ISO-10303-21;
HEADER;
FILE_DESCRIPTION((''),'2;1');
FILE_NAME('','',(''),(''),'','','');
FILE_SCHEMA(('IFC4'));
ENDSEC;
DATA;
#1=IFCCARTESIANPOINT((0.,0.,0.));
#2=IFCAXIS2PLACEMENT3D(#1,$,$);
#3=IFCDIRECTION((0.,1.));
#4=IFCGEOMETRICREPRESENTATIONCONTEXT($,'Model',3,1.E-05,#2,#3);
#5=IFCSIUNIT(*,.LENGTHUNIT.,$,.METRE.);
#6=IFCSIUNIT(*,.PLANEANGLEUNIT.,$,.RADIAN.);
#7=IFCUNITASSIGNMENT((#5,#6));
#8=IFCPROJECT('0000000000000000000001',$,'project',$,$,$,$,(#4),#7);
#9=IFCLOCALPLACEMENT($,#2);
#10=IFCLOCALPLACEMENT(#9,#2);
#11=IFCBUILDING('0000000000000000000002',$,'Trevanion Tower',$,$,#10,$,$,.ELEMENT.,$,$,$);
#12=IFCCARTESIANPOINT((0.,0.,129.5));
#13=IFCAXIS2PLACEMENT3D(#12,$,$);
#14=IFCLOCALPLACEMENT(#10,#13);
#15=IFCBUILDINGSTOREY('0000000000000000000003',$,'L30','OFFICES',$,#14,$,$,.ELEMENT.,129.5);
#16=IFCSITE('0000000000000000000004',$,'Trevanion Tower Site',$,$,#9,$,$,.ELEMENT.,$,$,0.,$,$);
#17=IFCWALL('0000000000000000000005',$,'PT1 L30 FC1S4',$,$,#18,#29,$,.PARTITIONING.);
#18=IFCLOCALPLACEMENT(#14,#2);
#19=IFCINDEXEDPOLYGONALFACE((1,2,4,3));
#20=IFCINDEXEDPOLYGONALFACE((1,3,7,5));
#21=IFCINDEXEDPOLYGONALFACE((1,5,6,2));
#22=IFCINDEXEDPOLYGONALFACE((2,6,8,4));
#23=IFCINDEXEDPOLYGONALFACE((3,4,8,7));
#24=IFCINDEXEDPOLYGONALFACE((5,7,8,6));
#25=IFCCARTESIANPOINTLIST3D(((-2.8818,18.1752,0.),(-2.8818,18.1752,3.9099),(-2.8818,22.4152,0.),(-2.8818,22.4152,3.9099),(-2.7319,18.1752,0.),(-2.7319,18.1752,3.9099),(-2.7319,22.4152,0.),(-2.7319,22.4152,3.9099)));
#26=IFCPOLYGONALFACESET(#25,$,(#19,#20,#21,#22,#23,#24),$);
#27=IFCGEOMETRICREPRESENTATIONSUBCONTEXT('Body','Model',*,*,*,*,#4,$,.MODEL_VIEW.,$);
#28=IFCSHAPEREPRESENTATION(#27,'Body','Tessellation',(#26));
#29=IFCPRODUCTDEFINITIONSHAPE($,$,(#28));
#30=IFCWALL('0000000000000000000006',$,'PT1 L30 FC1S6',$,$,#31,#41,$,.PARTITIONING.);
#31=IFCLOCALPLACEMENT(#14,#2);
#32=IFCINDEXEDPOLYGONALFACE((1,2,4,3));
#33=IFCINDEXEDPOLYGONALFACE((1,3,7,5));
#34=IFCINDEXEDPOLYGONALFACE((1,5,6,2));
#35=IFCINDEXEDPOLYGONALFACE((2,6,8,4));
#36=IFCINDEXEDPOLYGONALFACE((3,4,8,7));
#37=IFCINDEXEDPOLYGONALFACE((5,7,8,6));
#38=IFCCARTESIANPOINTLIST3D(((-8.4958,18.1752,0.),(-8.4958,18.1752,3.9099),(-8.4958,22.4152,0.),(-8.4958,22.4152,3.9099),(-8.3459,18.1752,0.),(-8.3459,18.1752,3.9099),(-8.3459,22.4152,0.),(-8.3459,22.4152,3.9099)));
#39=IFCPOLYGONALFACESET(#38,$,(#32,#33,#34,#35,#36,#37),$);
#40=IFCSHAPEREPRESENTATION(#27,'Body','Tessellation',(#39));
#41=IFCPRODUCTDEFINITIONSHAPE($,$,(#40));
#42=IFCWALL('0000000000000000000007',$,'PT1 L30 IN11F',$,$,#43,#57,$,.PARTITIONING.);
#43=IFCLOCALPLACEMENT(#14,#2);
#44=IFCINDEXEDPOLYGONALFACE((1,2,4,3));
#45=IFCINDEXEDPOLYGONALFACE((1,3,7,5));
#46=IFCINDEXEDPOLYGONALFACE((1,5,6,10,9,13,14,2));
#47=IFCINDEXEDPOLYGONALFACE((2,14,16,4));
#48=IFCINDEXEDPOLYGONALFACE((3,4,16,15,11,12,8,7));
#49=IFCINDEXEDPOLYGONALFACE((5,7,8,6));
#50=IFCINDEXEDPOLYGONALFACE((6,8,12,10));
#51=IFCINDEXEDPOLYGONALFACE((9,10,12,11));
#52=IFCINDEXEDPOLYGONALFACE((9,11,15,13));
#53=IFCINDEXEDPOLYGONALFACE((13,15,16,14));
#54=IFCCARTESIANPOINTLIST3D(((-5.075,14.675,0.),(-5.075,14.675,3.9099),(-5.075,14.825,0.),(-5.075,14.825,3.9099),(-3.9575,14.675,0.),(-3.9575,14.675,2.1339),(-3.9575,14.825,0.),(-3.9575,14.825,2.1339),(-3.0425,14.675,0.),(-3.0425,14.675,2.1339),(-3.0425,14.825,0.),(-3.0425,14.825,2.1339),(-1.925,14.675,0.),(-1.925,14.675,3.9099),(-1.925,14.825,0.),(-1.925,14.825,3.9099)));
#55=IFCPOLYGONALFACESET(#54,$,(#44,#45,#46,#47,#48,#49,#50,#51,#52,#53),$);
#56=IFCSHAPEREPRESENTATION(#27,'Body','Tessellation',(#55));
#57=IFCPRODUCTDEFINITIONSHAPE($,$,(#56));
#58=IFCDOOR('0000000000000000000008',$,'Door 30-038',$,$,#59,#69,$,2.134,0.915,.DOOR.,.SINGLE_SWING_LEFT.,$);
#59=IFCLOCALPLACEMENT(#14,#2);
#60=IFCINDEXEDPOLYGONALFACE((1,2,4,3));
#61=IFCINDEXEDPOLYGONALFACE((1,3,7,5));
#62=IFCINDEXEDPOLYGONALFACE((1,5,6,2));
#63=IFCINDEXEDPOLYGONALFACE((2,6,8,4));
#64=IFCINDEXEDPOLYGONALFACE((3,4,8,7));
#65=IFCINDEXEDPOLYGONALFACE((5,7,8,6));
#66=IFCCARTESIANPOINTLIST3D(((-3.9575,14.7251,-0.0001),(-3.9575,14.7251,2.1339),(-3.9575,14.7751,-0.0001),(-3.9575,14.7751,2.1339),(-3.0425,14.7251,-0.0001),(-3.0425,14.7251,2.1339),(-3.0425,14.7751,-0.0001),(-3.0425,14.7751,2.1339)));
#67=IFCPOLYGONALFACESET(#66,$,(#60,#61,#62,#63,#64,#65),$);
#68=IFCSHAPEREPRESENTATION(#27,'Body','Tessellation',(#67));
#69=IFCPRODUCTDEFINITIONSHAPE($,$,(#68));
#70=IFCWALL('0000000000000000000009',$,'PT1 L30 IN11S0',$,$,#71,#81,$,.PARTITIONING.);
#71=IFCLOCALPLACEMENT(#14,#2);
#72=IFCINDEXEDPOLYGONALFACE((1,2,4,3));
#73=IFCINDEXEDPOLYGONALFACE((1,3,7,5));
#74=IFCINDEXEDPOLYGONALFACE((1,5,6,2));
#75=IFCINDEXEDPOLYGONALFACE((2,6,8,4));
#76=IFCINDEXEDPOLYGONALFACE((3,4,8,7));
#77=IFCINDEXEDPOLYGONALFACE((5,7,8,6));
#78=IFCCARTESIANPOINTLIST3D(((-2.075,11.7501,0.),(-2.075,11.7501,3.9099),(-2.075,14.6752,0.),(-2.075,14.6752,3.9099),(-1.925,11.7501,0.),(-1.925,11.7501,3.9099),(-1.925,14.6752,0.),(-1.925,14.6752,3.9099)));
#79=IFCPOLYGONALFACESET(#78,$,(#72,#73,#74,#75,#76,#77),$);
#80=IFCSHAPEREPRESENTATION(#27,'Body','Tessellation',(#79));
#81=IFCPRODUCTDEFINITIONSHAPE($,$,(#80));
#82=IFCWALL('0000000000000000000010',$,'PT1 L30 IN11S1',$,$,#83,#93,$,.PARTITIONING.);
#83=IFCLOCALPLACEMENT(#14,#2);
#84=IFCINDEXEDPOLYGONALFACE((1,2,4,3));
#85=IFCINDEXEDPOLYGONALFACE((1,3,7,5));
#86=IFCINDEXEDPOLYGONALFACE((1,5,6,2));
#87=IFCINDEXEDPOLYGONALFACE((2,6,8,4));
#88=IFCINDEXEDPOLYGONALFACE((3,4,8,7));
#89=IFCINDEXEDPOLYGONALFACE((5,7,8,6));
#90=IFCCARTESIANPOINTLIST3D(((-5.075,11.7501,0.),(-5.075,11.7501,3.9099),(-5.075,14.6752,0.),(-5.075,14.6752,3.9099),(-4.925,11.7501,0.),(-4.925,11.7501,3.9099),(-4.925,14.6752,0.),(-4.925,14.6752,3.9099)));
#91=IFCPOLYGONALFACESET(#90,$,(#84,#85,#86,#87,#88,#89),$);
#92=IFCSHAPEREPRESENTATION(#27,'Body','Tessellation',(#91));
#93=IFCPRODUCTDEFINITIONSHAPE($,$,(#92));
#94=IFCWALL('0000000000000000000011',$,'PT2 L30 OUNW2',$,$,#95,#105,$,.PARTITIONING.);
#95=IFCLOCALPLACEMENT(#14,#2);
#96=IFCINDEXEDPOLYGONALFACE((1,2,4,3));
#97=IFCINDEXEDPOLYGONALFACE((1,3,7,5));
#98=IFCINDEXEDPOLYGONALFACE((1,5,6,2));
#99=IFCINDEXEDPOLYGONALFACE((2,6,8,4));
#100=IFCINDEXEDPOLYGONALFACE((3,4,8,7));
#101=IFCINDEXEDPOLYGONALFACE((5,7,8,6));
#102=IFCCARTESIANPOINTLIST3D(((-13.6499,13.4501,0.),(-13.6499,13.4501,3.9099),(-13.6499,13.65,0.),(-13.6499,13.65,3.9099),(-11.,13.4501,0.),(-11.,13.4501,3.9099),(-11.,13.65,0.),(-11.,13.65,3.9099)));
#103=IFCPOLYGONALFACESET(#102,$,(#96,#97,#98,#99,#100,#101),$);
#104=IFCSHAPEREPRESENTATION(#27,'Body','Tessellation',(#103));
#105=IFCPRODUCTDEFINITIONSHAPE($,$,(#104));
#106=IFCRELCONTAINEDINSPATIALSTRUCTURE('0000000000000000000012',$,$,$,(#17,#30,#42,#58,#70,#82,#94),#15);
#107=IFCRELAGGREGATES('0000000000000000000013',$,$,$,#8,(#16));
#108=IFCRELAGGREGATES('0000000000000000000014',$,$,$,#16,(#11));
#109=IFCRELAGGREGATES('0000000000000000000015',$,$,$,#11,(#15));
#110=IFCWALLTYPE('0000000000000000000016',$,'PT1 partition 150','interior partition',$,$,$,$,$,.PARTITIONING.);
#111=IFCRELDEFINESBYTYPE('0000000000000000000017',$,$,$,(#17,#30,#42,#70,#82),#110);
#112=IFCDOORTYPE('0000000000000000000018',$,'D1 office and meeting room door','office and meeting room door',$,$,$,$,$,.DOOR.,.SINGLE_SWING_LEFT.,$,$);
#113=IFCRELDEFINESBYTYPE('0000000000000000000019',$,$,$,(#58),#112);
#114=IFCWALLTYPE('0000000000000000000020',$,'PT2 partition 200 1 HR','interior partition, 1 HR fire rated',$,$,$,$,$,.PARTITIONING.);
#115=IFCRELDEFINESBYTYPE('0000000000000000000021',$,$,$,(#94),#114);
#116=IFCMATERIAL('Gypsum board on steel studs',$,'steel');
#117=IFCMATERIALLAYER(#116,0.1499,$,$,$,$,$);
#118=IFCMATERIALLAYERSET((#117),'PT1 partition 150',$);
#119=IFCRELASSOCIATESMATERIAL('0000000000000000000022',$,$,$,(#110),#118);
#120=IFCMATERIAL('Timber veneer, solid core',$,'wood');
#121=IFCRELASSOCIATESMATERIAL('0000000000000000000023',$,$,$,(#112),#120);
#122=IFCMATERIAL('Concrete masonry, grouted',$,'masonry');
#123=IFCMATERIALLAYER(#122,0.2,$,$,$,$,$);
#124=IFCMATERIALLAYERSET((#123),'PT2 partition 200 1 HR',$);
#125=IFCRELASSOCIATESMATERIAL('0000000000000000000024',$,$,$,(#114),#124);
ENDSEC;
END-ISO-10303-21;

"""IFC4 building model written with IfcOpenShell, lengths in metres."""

from ifc_helpers import new_model, si_unit, direction, frame, frame_2d, origin, place, context, subcontext, project, spatial, rectangle, extrude, material, layer, layer_set, type_object, element, fill, save


model = new_model("IFC4")

# Units and contexts
model_context = context("Model", 3, precision=1e-05, world=origin(), true_north=direction((0.0, 1.0)))
body_context = subcontext(model_context, "Body", "Model", "MODEL_VIEW")
ifc_project = project(units=[si_unit("LENGTHUNIT", "METRE"), si_unit("PLANEANGLEUNIT", "RADIAN")], contexts=[model_context])

# Site, building, storey
site_placement = place(None, origin())
site = spatial("IfcSite", under=ifc_project, at=site_placement, Name="Trevanion Tower Site", CompositionType="ELEMENT", RefElevation=0.0)
building_placement = place(site_placement, origin())
building = spatial("IfcBuilding", under=site, at=building_placement, Name="Trevanion Tower", CompositionType="ELEMENT")
storey_placement = place(building_placement, frame((0.0, 0.0, 129.5)))
storey = spatial("IfcBuildingStorey", under=building, at=storey_placement, Name="L30", Description="OFFICES", CompositionType="ELEMENT", Elevation=129.5)

# Walls
ifc_material_1 = material(Name="Gypsum board on steel studs", Category="steel")
ifc_layer_1 = layer(ifc_material_1, 0.1499)
ifc_layer_set_1 = layer_set([ifc_layer_1], Name="PT1 partition 150")
wall_type_1 = type_object("IfcWallType", Name="PT1 partition 150", Description="interior partition", PredefinedType="PARTITIONING", material=ifc_layer_set_1)
for number, where, z_axis, x_axis, name in (
    (1, (-2.8069, 18.175, 0.0), (0.0, 0.0, 1.0), (0.0, 1.0, 0.0), "PT1 L30 FC1S4"),
    (2, (-8.4209, 18.175, 0.0), (0.0, 0.0, 1.0), (0.0, 1.0, 0.0), "PT1 L30 FC1S6"),
):
    element("IfcWall", number, at=place(storey_placement, frame(where, z_axis=z_axis, x_axis=x_axis)), inside=storey, type_object=wall_type_1, Name=name, PredefinedType="PARTITIONING", context=body_context, shape_type="SweptSolid", body=[
        extrude(rectangle(XDim=4.24, YDim=0.1499, at=frame_2d((2.1201, 0.0))), origin(), (0.0, 0.0, 1.0), 3.9099),
    ])

# Wall, opening, door
wall_1_placement = place(storey_placement, frame((-1.925, 14.75, 0.0), z_axis=(0.0, 0.0, 1.0), x_axis=(-1.0, 0.0, 0.0)))
wall_1 = element("IfcWall", 3, at=wall_1_placement, inside=storey, type_object=wall_type_1, Name="PT1 L30 IN11F", PredefinedType="PARTITIONING", context=body_context, shape_type="SweptSolid", body=[
    extrude(rectangle(XDim=3.1499, YDim=0.1499, at=frame_2d((1.575, 0.0))), origin(), (0.0, 0.0, 1.0), 3.9099),
])
opening_placement = place(wall_1_placement, frame((1.1174, 0.0, 0.0)))
opening = element("IfcOpeningElement", 4, at=opening_placement, cuts=wall_1, PredefinedType="OPENING", context=body_context, shape_type="SweptSolid", body=[
    extrude(rectangle(XDim=0.915, YDim=2.134, at=frame_2d((0.4575, 1.0669))), frame((0.0, 0.085, 0.0), z_axis=(0.0, -1.0, 0.0), x_axis=(1.0, 0.0, 0.0)), (0.0, 0.0, 1.0), 0.1699),
])
ifc_material_2 = material(Name="Timber veneer, solid core", Category="wood")
door_type = type_object("IfcDoorType", Name="D1 office and meeting room door", Description="office and meeting room door", OperationType="SINGLE_SWING_LEFT", PredefinedType="DOOR", material=ifc_material_2)
door_placement = place(opening_placement, origin())
door = element("IfcDoor", 5, at=door_placement, inside=storey, type_object=door_type, Name="Door 30-038", OperationType="SINGLE_SWING_LEFT", OverallHeight=2.134, OverallWidth=0.915, PredefinedType="DOOR", context=body_context, shape_type="SweptSolid", body=[
    extrude(rectangle(XDim=0.915, YDim=2.134, at=frame_2d((0.4575, 1.0669))), frame((0.0, 0.0249, 0.0), z_axis=(0.0, -1.0, 0.0), x_axis=(1.0, 0.0, 0.0)), (0.0, 0.0, 1.0), 0.05),
])
fill(opening, door)

# Walls
for number, where, z_axis, x_axis, name in (
    (6, (-2.0, 14.675, 0.0), (0.0, 0.0, 1.0), (0.0, -1.0, 0.0), "PT1 L30 IN11S0"),
    (7, (-5.0, 14.675, 0.0), (0.0, 0.0, 1.0), (0.0, -1.0, 0.0), "PT1 L30 IN11S1"),
):
    element("IfcWall", number, at=place(storey_placement, frame(where, z_axis=z_axis, x_axis=x_axis)), inside=storey, type_object=wall_type_1, Name=name, PredefinedType="PARTITIONING", context=body_context, shape_type="SweptSolid", body=[
        extrude(rectangle(XDim=2.925, YDim=0.1499, at=frame_2d((1.4624, 0.0))), origin(), (0.0, 0.0, 1.0), 3.9099),
    ])
ifc_material_3 = material(Name="Concrete masonry, grouted", Category="masonry")
ifc_layer_2 = layer(ifc_material_3, 0.2)
ifc_layer_set_2 = layer_set([ifc_layer_2], Name="PT2 partition 200 1 HR")
wall_type_2 = type_object("IfcWallType", Name="PT2 partition 200 1 HR", Description="interior partition, 1 HR fire rated", PredefinedType="PARTITIONING", material=ifc_layer_set_2)
wall_2_placement = place(storey_placement, frame((-11.0, 13.55, 0.0), z_axis=(0.0, 0.0, 1.0), x_axis=(-1.0, 0.0, 0.0)))
element("IfcWall", 8, at=wall_2_placement, inside=storey, type_object=wall_type_2, Name="PT2 L30 OUNW2", PredefinedType="PARTITIONING", context=body_context, shape_type="SweptSolid", body=[
    extrude(rectangle(XDim=2.6499, YDim=0.2, at=frame_2d((1.325, 0.0))), origin(), (0.0, 0.0, 1.0), 3.9099),
])

save(model, "model.ifc")
